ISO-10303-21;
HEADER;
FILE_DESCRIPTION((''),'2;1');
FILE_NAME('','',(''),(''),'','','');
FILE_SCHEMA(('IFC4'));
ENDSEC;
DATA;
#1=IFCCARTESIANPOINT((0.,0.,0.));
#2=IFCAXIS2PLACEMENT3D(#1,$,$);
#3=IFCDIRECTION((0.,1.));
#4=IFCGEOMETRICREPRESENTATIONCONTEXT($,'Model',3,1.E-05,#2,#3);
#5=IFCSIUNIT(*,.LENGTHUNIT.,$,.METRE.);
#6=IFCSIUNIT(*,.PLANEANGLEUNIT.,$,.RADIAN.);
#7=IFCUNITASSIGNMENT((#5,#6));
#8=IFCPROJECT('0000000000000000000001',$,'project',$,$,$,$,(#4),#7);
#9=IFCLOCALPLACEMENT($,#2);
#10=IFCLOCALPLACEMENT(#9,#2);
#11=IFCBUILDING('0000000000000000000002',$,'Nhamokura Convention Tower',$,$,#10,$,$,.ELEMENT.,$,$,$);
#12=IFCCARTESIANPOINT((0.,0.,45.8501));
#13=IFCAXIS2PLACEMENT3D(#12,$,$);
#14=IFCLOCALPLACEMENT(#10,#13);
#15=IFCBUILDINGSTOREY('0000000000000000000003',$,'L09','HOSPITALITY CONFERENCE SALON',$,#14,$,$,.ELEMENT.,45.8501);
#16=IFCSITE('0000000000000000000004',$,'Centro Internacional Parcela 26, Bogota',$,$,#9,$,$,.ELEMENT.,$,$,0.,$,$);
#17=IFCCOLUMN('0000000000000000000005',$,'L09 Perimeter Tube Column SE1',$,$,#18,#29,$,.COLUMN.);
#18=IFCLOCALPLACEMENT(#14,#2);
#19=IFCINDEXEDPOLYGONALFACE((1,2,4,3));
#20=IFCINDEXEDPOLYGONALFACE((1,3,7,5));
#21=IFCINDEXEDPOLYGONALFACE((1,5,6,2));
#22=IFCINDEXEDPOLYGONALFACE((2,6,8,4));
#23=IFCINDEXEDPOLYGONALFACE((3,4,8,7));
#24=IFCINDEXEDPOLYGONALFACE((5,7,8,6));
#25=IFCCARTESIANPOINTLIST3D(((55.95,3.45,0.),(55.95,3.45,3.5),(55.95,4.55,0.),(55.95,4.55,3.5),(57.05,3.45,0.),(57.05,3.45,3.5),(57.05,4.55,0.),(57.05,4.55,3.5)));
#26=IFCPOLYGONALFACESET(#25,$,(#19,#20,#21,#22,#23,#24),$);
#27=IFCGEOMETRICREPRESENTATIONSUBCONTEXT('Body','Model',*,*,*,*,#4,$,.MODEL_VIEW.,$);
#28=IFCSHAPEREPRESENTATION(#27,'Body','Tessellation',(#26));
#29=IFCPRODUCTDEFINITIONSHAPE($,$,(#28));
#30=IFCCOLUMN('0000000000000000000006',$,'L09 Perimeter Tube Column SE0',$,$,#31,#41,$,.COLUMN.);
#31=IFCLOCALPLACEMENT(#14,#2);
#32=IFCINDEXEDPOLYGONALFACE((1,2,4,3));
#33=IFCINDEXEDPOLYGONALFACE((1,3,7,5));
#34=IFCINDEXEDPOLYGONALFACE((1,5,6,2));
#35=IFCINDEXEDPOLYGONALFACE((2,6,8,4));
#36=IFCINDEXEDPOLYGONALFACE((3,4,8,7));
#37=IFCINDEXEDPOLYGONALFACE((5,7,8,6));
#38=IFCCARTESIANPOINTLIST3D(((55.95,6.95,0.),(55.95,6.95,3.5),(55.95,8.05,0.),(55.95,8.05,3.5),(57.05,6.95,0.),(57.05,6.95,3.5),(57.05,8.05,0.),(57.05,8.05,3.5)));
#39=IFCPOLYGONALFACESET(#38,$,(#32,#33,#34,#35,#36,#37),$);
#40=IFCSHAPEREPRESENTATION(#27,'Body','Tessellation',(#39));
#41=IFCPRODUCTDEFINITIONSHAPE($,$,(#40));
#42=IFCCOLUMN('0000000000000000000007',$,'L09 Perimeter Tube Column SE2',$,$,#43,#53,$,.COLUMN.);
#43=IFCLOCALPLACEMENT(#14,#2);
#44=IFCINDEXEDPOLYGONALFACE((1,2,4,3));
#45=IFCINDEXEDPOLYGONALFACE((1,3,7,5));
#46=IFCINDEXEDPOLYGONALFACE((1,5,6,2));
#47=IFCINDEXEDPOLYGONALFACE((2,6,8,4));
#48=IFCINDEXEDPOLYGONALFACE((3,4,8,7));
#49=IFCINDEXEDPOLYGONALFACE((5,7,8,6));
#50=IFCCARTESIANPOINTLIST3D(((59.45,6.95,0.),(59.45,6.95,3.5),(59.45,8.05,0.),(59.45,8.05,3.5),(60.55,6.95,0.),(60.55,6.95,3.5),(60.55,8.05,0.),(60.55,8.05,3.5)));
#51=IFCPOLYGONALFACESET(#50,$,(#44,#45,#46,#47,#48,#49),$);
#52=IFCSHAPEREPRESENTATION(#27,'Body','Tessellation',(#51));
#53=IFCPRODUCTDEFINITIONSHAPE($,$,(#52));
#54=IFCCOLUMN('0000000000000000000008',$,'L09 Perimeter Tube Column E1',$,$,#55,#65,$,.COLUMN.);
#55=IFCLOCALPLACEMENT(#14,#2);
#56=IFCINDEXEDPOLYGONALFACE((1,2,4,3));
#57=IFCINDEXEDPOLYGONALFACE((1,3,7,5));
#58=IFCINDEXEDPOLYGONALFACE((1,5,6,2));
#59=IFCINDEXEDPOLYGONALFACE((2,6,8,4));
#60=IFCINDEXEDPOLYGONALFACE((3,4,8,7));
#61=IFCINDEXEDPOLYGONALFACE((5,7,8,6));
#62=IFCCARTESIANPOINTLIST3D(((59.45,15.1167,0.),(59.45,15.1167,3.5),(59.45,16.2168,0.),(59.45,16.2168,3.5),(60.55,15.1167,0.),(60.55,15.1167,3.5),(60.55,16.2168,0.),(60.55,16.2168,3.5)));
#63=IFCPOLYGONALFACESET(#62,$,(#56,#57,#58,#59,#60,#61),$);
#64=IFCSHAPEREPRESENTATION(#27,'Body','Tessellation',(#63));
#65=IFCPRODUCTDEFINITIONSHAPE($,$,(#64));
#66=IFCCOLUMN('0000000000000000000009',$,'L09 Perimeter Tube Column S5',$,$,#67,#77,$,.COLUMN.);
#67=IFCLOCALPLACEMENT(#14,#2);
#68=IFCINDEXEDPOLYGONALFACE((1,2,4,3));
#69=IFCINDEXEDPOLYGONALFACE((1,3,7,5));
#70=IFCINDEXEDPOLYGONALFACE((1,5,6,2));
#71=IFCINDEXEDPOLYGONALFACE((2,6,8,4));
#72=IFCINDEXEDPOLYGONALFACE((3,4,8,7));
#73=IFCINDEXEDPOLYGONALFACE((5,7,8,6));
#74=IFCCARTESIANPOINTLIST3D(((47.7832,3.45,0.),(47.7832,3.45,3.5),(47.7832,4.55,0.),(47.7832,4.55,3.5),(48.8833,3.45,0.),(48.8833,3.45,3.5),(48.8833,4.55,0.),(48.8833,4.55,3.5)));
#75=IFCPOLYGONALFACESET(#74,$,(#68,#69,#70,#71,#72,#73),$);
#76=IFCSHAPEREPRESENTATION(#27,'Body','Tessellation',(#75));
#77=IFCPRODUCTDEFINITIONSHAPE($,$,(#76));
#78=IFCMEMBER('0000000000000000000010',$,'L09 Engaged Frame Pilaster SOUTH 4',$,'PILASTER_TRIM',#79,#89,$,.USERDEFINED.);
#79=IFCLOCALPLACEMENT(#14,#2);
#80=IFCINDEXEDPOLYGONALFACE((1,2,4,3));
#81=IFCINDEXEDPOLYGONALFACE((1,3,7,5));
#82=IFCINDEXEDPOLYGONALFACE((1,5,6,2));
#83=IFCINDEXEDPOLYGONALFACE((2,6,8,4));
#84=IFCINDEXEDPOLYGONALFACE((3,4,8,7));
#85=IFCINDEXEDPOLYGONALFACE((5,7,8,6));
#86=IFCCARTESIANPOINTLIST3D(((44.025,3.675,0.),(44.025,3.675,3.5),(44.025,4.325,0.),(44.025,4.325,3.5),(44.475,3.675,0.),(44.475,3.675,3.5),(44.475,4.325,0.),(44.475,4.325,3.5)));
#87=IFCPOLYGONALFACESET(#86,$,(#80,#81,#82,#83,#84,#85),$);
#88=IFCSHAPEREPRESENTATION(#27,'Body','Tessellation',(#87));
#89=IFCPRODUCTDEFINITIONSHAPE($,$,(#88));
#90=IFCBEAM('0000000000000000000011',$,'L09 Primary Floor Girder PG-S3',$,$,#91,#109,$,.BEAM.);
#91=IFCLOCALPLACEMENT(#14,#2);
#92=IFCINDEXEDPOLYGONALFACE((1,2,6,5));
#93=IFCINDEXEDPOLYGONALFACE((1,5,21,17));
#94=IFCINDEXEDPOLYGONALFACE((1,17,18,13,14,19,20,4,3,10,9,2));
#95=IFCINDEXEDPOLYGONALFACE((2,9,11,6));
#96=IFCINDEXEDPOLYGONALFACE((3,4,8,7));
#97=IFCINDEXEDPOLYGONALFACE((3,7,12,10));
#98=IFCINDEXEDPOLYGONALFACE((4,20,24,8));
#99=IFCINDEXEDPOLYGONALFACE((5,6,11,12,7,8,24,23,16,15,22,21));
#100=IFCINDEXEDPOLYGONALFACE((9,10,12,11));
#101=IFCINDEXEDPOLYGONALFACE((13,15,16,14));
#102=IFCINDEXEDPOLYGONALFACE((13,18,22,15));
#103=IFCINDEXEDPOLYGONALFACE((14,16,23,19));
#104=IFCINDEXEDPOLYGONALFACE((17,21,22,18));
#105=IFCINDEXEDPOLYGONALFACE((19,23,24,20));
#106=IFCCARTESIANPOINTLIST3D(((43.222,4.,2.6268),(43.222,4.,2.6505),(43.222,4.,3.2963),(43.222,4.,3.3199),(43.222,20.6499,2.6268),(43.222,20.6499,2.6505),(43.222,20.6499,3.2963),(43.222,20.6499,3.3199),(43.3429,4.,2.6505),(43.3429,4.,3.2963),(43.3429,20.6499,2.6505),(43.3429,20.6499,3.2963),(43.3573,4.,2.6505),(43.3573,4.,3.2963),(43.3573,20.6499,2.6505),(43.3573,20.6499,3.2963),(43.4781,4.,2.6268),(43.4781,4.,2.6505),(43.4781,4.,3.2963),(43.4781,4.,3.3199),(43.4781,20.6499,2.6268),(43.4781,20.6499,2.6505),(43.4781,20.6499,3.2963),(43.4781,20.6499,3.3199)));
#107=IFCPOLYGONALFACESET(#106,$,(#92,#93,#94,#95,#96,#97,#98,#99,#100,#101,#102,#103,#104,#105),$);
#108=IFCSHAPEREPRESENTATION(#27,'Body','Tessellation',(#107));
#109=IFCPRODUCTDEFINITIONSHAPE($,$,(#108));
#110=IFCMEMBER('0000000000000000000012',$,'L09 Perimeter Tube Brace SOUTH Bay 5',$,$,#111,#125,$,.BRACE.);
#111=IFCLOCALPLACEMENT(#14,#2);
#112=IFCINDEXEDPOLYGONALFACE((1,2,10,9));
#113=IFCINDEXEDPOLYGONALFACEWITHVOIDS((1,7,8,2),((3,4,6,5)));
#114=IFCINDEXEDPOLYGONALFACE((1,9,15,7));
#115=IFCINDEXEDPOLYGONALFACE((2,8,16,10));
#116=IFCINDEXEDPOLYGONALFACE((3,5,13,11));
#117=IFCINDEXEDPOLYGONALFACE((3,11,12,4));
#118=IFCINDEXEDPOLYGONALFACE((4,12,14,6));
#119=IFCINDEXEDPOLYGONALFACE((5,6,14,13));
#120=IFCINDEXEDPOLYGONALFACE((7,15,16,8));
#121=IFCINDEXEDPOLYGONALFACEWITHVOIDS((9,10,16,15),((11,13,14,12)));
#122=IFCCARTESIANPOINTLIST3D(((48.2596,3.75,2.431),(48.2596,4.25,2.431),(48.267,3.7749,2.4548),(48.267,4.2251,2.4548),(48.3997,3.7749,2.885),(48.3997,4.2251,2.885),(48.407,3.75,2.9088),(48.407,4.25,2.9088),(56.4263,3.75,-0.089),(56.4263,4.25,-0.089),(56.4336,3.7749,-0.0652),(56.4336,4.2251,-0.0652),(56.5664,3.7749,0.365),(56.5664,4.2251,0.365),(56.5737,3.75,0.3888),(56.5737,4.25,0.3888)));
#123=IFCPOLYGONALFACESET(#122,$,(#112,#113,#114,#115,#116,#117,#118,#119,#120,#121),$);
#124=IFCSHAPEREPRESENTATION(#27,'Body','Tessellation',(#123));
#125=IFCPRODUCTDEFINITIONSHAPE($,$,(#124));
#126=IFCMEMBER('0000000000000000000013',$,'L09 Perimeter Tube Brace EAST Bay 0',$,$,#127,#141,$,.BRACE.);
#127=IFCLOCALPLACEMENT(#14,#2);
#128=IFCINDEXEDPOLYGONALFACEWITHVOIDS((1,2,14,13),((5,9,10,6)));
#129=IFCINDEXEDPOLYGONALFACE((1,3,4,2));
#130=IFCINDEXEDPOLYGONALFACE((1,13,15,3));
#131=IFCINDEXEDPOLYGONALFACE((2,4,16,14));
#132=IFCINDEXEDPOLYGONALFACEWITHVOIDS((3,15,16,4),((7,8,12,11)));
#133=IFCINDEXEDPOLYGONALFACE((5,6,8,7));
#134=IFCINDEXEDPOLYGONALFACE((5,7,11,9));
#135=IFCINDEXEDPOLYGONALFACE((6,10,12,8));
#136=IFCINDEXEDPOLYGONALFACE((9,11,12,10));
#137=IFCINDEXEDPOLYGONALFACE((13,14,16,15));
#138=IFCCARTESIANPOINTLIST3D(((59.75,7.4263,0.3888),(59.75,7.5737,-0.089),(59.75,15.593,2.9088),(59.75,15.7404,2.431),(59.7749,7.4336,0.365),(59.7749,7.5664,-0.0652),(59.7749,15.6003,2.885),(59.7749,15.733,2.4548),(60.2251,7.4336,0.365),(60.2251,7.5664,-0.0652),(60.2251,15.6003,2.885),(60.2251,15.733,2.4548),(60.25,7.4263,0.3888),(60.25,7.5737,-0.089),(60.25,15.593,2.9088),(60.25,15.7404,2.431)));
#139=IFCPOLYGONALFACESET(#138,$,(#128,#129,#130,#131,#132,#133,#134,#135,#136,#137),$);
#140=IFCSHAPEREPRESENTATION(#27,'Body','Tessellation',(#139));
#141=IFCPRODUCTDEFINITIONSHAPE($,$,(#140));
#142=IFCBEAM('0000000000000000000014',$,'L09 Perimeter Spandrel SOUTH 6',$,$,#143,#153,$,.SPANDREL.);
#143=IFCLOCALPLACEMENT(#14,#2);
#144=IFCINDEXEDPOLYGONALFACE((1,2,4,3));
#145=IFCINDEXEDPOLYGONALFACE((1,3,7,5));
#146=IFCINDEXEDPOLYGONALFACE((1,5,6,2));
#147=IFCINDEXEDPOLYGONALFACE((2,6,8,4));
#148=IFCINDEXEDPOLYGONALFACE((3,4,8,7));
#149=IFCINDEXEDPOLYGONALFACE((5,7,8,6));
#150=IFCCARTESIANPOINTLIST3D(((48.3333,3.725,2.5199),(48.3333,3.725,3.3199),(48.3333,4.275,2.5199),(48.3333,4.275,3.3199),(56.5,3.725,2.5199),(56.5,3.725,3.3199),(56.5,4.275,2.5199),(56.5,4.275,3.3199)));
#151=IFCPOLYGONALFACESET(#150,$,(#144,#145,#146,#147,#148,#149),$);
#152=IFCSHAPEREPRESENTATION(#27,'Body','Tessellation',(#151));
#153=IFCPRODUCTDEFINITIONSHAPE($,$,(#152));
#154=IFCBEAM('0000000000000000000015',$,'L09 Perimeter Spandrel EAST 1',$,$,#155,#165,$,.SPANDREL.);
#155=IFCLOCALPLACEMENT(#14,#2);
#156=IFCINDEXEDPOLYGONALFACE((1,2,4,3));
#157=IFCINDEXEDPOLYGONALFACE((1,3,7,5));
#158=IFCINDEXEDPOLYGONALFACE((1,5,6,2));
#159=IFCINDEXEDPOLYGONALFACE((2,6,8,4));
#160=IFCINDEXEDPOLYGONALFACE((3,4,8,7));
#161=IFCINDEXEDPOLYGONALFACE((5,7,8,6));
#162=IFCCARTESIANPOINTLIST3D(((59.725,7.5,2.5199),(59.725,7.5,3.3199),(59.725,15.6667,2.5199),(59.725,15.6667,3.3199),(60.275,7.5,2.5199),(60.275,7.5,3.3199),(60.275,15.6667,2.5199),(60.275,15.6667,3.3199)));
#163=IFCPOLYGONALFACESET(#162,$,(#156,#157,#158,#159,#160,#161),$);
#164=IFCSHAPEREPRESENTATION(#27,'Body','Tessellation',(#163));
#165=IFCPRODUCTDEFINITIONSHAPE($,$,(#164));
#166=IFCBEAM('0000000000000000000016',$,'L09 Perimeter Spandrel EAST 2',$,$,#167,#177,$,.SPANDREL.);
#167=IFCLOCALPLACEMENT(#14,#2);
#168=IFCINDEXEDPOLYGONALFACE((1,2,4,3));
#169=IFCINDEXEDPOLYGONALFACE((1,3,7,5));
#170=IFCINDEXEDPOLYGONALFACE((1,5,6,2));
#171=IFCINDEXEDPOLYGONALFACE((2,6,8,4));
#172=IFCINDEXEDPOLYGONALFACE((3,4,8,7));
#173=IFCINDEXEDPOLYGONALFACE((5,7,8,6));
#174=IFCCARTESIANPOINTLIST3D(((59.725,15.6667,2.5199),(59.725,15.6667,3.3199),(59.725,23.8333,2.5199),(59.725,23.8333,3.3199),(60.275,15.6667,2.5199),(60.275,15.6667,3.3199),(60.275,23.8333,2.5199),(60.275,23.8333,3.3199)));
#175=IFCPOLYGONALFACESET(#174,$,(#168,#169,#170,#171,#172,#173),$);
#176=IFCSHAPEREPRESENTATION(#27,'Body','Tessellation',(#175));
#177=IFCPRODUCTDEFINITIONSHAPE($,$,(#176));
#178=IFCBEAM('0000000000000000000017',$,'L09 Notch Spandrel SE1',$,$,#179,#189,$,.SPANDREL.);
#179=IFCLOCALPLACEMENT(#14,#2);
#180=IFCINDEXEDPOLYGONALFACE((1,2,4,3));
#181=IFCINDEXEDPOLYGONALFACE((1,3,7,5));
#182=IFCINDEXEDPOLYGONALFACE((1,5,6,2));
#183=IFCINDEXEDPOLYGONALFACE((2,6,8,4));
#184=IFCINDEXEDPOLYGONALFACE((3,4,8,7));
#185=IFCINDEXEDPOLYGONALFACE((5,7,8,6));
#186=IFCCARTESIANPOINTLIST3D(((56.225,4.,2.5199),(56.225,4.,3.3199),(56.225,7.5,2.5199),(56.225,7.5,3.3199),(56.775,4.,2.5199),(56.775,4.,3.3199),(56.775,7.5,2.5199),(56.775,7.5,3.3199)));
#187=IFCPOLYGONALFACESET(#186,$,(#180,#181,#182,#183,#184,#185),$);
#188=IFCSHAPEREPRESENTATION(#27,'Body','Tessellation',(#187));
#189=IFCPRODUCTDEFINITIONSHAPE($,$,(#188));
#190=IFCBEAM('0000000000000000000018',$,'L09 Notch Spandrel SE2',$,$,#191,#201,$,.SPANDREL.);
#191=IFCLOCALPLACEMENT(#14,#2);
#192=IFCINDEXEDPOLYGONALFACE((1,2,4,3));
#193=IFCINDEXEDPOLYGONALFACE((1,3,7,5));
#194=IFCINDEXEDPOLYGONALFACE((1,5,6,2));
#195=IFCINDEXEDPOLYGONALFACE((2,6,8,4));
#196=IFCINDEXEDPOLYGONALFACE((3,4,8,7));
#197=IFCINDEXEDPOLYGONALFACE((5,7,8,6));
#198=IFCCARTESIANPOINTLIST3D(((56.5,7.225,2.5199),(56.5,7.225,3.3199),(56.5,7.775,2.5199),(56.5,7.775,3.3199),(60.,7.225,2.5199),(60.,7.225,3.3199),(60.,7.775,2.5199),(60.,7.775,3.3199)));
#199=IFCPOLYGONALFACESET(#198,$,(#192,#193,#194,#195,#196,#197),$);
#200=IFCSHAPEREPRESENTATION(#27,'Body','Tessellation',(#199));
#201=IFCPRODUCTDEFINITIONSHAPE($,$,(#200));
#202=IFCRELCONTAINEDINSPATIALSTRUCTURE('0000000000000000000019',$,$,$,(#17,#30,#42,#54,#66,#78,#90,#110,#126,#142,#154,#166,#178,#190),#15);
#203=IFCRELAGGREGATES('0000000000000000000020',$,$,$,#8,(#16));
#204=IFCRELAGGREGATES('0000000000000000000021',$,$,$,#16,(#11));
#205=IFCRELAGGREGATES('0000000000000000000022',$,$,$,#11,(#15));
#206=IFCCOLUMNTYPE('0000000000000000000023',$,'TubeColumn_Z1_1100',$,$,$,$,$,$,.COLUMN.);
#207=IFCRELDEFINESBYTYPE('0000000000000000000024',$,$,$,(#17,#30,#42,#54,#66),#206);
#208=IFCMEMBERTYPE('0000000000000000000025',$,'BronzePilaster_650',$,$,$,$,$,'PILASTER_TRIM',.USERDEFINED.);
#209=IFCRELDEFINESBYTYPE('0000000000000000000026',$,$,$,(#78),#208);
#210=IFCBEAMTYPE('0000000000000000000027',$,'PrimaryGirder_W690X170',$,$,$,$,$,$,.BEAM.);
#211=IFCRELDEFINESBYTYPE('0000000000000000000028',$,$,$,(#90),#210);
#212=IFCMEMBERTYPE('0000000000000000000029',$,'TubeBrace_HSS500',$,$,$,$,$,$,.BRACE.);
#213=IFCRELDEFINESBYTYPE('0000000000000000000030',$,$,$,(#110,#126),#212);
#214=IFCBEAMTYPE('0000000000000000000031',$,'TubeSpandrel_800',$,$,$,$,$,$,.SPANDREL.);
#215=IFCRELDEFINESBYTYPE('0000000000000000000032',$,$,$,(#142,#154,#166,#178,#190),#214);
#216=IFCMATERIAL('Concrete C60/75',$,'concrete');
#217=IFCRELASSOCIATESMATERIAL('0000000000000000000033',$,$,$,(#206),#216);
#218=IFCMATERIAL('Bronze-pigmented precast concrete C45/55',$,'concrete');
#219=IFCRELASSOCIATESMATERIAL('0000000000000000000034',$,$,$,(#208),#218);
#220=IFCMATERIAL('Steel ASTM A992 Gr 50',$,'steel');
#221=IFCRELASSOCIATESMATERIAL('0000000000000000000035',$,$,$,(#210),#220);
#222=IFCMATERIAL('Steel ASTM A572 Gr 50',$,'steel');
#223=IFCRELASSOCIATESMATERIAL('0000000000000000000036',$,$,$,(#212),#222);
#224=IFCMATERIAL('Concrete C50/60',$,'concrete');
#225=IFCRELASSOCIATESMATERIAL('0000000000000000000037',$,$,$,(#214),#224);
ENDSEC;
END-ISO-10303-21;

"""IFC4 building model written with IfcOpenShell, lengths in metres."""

from ifc_helpers import new_model, si_unit, direction, frame, origin, origin_2d, place, context, subcontext, project, spatial, rectangle, hollow_rectangle, i_section, extrude, material, material_profile, profile_set, type_object, element, save


model = new_model("IFC4")

# Units and contexts
model_context = context("Model", 3, precision=1e-05, world=origin(), true_north=direction((0.0, 1.0)))
body_context = subcontext(model_context, "Body", "Model", "MODEL_VIEW")
ifc_project = project(units=[si_unit("LENGTHUNIT", "METRE"), si_unit("PLANEANGLEUNIT", "RADIAN")], contexts=[model_context])

# Site, building, storey
site_placement = place(None, origin())
site = spatial("IfcSite", under=ifc_project, at=site_placement, Name="Centro Internacional Parcela 26, Bogota", CompositionType="ELEMENT", RefElevation=0.0)
building_placement = place(site_placement, origin())
building = spatial("IfcBuilding", under=site, at=building_placement, Name="Nhamokura Convention Tower", CompositionType="ELEMENT")
storey_placement = place(building_placement, frame((0.0, 0.0, 45.8501)))
storey = spatial("IfcBuildingStorey", under=building, at=storey_placement, Name="L09", Description="HOSPITALITY CONFERENCE SALON", CompositionType="ELEMENT", Elevation=45.8501)

# Columns
ifc_material_1 = material(Name="Concrete C60/75", Category="concrete")
ifc_material_profile_1 = material_profile(ifc_material_1, rectangle(XDim=1.1001, YDim=1.1001, at=origin_2d()))
ifc_profile_set_1 = profile_set([ifc_material_profile_1], Name="Concrete C60/75")
column_type = type_object("IfcColumnType", Name="TubeColumn_Z1_1100", PredefinedType="COLUMN", material=ifc_profile_set_1)
for number, where, z_axis, x_axis, name in (
    (1, (56.5, 4.0, 0.0), (0.0, 0.0, 1.0), (1.0, 0.0, 0.0), "L09 Perimeter Tube Column SE1"),
    (2, (56.5, 7.5, 0.0), (0.0, 0.0, 1.0), (1.0, 0.0, 0.0), "L09 Perimeter Tube Column SE0"),
    (3, (60.0, 7.5, 0.0), (0.0, 0.0, 1.0), (1.0, 0.0, 0.0), "L09 Perimeter Tube Column SE2"),
    (4, (60.0, 15.6667, 0.0), (0.0, 0.0, 1.0), (1.0, 0.0, 0.0), "L09 Perimeter Tube Column E1"),
    (5, (48.3333, 4.0, 0.0), (0.0, 0.0, 1.0), (1.0, 0.0, 0.0), "L09 Perimeter Tube Column S5"),
):
    element("IfcColumn", number, at=place(storey_placement, frame(where, z_axis=z_axis, x_axis=x_axis)), inside=storey, type_object=column_type, Name=name, PredefinedType="COLUMN", context=body_context, shape_type="SweptSolid", body=[
        extrude(rectangle(XDim=1.1001, YDim=1.1001, at=origin_2d()), origin(), (0.0, 0.0, 1.0), 3.5),
    ])

# Member
ifc_material_2 = material(Name="Bronze-pigmented precast concrete C45/55", Category="concrete")
ifc_material_profile_2 = material_profile(ifc_material_2, rectangle(XDim=0.45, YDim=0.6499, at=origin_2d()))
ifc_profile_set_2 = profile_set([ifc_material_profile_2], Name="Bronze-pigmented precast concrete C45/55")
member_type_1 = type_object("IfcMemberType", Name="BronzePilaster_650", ElementType="PILASTER_TRIM", PredefinedType="USERDEFINED", material=ifc_profile_set_2)
member_placement = place(storey_placement, frame((44.25, 4.0, 0.0), z_axis=(0.0, 0.0, 1.0), x_axis=(1.0, 0.0, 0.0)))
element("IfcMember", 6, at=member_placement, inside=storey, type_object=member_type_1, Name="L09 Engaged Frame Pilaster SOUTH 4", ObjectType="PILASTER_TRIM", PredefinedType="USERDEFINED", context=body_context, shape_type="SweptSolid", body=[
    extrude(rectangle(XDim=0.45, YDim=0.6499, at=origin_2d()), origin(), (0.0, 0.0, 1.0), 3.5),
])

# Beam
ifc_material_3 = material(Name="Steel ASTM A992 Gr 50", Category="steel")
ifc_material_profile_3 = material_profile(ifc_material_3, i_section(OverallWidth=0.2561, OverallDepth=0.6931, WebThickness=0.0144, FlangeThickness=0.0237, at=origin_2d()))
ifc_profile_set_3 = profile_set([ifc_material_profile_3], Name="Steel ASTM A992 Gr 50")
beam_type_1 = type_object("IfcBeamType", Name="PrimaryGirder_W690X170", PredefinedType="BEAM", material=ifc_profile_set_3)
beam_1_placement = place(storey_placement, frame((43.3501, 4.0, 2.9734), z_axis=(0.0, 1.0, 0.0), x_axis=(-1.0, 0.0, 0.0)))
element("IfcBeam", 7, at=beam_1_placement, inside=storey, type_object=beam_type_1, Name="L09 Primary Floor Girder PG-S3", PredefinedType="BEAM", context=body_context, shape_type="SweptSolid", body=[
    extrude(i_section(OverallWidth=0.2561, OverallDepth=0.6931, WebThickness=0.0144, FlangeThickness=0.0237, at=origin_2d()), origin(), (0.0, 0.0, 1.0), 16.6499),
])

# Members
ifc_material_4 = material(Name="Steel ASTM A572 Gr 50", Category="steel")
ifc_material_profile_4 = material_profile(ifc_material_4, hollow_rectangle(XDim=0.5, YDim=0.5, WallThickness=0.0249, at=origin_2d()))
ifc_profile_set_4 = profile_set([ifc_material_profile_4], Name="Steel ASTM A572 Gr 50")
member_type_2 = type_object("IfcMemberType", Name="TubeBrace_HSS500", PredefinedType="BRACE", material=ifc_profile_set_4)
for number, where, z_axis, x_axis, name in (
    (8, (56.5, 4.0, 0.1499), (-0.955543, 0.0, 0.294853), (0.0, -1.0, 0.0), "L09 Perimeter Tube Brace SOUTH Bay 5"),
    (9, (60.0, 7.5, 0.1499), (0.0, 0.955543, 0.294853), (-1.0, 0.0, 0.0), "L09 Perimeter Tube Brace EAST Bay 0"),
):
    element("IfcMember", number, at=place(storey_placement, frame(where, z_axis=z_axis, x_axis=x_axis)), inside=storey, type_object=member_type_2, Name=name, PredefinedType="BRACE", context=body_context, shape_type="SweptSolid", body=[
        extrude(hollow_rectangle(XDim=0.5, YDim=0.5, WallThickness=0.0249, at=origin_2d()), origin(), (0.0, 0.0, 1.0), 8.5466),
    ])

# Beams
ifc_material_5 = material(Name="Concrete C50/60", Category="concrete")
ifc_material_profile_5 = material_profile(ifc_material_5, rectangle(XDim=0.55, YDim=0.8, at=origin_2d()))
ifc_profile_set_5 = profile_set([ifc_material_profile_5], Name="Concrete C50/60")
beam_type_2 = type_object("IfcBeamType", Name="TubeSpandrel_800", PredefinedType="SPANDREL", material=ifc_profile_set_5)
for number, where, z_axis, x_axis, name in (
    (10, (48.3333, 4.0, 2.9199), (1.0, 0.0, 0.0), (0.0, 1.0, 0.0), "L09 Perimeter Spandrel SOUTH 6"),
    (11, (60.0, 7.5, 2.9199), (0.0, 1.0, 0.0), (-1.0, 0.0, 0.0), "L09 Perimeter Spandrel EAST 1"),
):
    element("IfcBeam", number, at=place(storey_placement, frame(where, z_axis=z_axis, x_axis=x_axis)), inside=storey, type_object=beam_type_2, Name=name, PredefinedType="SPANDREL", context=body_context, shape_type="SweptSolid", body=[
        extrude(rectangle(XDim=0.55, YDim=0.8, at=origin_2d()), origin(), (0.0, 0.0, 1.0), 8.1667),
    ])
beam_2_placement = place(storey_placement, frame((60.0, 15.6667, 2.9199), z_axis=(0.0, 1.0, 0.0), x_axis=(-1.0, 0.0, 0.0)))
element("IfcBeam", 12, at=beam_2_placement, inside=storey, type_object=beam_type_2, Name="L09 Perimeter Spandrel EAST 2", PredefinedType="SPANDREL", context=body_context, shape_type="SweptSolid", body=[
    extrude(rectangle(XDim=0.55, YDim=0.8, at=origin_2d()), origin(), (0.0, 0.0, 1.0), 8.1665),
])
for number, where, z_axis, x_axis, name in (
    (13, (56.5, 4.0, 2.9199), (0.0, 1.0, 0.0), (-1.0, 0.0, 0.0), "L09 Notch Spandrel SE1"),
    (14, (56.5, 7.5, 2.9199), (1.0, 0.0, 0.0), (0.0, 1.0, 0.0), "L09 Notch Spandrel SE2"),
):
    element("IfcBeam", number, at=place(storey_placement, frame(where, z_axis=z_axis, x_axis=x_axis)), inside=storey, type_object=beam_type_2, Name=name, PredefinedType="SPANDREL", context=body_context, shape_type="SweptSolid", body=[
        extrude(rectangle(XDim=0.55, YDim=0.8, at=origin_2d()), origin(), (0.0, 0.0, 1.0), 3.5),
    ])

save(model, "model.ifc")
